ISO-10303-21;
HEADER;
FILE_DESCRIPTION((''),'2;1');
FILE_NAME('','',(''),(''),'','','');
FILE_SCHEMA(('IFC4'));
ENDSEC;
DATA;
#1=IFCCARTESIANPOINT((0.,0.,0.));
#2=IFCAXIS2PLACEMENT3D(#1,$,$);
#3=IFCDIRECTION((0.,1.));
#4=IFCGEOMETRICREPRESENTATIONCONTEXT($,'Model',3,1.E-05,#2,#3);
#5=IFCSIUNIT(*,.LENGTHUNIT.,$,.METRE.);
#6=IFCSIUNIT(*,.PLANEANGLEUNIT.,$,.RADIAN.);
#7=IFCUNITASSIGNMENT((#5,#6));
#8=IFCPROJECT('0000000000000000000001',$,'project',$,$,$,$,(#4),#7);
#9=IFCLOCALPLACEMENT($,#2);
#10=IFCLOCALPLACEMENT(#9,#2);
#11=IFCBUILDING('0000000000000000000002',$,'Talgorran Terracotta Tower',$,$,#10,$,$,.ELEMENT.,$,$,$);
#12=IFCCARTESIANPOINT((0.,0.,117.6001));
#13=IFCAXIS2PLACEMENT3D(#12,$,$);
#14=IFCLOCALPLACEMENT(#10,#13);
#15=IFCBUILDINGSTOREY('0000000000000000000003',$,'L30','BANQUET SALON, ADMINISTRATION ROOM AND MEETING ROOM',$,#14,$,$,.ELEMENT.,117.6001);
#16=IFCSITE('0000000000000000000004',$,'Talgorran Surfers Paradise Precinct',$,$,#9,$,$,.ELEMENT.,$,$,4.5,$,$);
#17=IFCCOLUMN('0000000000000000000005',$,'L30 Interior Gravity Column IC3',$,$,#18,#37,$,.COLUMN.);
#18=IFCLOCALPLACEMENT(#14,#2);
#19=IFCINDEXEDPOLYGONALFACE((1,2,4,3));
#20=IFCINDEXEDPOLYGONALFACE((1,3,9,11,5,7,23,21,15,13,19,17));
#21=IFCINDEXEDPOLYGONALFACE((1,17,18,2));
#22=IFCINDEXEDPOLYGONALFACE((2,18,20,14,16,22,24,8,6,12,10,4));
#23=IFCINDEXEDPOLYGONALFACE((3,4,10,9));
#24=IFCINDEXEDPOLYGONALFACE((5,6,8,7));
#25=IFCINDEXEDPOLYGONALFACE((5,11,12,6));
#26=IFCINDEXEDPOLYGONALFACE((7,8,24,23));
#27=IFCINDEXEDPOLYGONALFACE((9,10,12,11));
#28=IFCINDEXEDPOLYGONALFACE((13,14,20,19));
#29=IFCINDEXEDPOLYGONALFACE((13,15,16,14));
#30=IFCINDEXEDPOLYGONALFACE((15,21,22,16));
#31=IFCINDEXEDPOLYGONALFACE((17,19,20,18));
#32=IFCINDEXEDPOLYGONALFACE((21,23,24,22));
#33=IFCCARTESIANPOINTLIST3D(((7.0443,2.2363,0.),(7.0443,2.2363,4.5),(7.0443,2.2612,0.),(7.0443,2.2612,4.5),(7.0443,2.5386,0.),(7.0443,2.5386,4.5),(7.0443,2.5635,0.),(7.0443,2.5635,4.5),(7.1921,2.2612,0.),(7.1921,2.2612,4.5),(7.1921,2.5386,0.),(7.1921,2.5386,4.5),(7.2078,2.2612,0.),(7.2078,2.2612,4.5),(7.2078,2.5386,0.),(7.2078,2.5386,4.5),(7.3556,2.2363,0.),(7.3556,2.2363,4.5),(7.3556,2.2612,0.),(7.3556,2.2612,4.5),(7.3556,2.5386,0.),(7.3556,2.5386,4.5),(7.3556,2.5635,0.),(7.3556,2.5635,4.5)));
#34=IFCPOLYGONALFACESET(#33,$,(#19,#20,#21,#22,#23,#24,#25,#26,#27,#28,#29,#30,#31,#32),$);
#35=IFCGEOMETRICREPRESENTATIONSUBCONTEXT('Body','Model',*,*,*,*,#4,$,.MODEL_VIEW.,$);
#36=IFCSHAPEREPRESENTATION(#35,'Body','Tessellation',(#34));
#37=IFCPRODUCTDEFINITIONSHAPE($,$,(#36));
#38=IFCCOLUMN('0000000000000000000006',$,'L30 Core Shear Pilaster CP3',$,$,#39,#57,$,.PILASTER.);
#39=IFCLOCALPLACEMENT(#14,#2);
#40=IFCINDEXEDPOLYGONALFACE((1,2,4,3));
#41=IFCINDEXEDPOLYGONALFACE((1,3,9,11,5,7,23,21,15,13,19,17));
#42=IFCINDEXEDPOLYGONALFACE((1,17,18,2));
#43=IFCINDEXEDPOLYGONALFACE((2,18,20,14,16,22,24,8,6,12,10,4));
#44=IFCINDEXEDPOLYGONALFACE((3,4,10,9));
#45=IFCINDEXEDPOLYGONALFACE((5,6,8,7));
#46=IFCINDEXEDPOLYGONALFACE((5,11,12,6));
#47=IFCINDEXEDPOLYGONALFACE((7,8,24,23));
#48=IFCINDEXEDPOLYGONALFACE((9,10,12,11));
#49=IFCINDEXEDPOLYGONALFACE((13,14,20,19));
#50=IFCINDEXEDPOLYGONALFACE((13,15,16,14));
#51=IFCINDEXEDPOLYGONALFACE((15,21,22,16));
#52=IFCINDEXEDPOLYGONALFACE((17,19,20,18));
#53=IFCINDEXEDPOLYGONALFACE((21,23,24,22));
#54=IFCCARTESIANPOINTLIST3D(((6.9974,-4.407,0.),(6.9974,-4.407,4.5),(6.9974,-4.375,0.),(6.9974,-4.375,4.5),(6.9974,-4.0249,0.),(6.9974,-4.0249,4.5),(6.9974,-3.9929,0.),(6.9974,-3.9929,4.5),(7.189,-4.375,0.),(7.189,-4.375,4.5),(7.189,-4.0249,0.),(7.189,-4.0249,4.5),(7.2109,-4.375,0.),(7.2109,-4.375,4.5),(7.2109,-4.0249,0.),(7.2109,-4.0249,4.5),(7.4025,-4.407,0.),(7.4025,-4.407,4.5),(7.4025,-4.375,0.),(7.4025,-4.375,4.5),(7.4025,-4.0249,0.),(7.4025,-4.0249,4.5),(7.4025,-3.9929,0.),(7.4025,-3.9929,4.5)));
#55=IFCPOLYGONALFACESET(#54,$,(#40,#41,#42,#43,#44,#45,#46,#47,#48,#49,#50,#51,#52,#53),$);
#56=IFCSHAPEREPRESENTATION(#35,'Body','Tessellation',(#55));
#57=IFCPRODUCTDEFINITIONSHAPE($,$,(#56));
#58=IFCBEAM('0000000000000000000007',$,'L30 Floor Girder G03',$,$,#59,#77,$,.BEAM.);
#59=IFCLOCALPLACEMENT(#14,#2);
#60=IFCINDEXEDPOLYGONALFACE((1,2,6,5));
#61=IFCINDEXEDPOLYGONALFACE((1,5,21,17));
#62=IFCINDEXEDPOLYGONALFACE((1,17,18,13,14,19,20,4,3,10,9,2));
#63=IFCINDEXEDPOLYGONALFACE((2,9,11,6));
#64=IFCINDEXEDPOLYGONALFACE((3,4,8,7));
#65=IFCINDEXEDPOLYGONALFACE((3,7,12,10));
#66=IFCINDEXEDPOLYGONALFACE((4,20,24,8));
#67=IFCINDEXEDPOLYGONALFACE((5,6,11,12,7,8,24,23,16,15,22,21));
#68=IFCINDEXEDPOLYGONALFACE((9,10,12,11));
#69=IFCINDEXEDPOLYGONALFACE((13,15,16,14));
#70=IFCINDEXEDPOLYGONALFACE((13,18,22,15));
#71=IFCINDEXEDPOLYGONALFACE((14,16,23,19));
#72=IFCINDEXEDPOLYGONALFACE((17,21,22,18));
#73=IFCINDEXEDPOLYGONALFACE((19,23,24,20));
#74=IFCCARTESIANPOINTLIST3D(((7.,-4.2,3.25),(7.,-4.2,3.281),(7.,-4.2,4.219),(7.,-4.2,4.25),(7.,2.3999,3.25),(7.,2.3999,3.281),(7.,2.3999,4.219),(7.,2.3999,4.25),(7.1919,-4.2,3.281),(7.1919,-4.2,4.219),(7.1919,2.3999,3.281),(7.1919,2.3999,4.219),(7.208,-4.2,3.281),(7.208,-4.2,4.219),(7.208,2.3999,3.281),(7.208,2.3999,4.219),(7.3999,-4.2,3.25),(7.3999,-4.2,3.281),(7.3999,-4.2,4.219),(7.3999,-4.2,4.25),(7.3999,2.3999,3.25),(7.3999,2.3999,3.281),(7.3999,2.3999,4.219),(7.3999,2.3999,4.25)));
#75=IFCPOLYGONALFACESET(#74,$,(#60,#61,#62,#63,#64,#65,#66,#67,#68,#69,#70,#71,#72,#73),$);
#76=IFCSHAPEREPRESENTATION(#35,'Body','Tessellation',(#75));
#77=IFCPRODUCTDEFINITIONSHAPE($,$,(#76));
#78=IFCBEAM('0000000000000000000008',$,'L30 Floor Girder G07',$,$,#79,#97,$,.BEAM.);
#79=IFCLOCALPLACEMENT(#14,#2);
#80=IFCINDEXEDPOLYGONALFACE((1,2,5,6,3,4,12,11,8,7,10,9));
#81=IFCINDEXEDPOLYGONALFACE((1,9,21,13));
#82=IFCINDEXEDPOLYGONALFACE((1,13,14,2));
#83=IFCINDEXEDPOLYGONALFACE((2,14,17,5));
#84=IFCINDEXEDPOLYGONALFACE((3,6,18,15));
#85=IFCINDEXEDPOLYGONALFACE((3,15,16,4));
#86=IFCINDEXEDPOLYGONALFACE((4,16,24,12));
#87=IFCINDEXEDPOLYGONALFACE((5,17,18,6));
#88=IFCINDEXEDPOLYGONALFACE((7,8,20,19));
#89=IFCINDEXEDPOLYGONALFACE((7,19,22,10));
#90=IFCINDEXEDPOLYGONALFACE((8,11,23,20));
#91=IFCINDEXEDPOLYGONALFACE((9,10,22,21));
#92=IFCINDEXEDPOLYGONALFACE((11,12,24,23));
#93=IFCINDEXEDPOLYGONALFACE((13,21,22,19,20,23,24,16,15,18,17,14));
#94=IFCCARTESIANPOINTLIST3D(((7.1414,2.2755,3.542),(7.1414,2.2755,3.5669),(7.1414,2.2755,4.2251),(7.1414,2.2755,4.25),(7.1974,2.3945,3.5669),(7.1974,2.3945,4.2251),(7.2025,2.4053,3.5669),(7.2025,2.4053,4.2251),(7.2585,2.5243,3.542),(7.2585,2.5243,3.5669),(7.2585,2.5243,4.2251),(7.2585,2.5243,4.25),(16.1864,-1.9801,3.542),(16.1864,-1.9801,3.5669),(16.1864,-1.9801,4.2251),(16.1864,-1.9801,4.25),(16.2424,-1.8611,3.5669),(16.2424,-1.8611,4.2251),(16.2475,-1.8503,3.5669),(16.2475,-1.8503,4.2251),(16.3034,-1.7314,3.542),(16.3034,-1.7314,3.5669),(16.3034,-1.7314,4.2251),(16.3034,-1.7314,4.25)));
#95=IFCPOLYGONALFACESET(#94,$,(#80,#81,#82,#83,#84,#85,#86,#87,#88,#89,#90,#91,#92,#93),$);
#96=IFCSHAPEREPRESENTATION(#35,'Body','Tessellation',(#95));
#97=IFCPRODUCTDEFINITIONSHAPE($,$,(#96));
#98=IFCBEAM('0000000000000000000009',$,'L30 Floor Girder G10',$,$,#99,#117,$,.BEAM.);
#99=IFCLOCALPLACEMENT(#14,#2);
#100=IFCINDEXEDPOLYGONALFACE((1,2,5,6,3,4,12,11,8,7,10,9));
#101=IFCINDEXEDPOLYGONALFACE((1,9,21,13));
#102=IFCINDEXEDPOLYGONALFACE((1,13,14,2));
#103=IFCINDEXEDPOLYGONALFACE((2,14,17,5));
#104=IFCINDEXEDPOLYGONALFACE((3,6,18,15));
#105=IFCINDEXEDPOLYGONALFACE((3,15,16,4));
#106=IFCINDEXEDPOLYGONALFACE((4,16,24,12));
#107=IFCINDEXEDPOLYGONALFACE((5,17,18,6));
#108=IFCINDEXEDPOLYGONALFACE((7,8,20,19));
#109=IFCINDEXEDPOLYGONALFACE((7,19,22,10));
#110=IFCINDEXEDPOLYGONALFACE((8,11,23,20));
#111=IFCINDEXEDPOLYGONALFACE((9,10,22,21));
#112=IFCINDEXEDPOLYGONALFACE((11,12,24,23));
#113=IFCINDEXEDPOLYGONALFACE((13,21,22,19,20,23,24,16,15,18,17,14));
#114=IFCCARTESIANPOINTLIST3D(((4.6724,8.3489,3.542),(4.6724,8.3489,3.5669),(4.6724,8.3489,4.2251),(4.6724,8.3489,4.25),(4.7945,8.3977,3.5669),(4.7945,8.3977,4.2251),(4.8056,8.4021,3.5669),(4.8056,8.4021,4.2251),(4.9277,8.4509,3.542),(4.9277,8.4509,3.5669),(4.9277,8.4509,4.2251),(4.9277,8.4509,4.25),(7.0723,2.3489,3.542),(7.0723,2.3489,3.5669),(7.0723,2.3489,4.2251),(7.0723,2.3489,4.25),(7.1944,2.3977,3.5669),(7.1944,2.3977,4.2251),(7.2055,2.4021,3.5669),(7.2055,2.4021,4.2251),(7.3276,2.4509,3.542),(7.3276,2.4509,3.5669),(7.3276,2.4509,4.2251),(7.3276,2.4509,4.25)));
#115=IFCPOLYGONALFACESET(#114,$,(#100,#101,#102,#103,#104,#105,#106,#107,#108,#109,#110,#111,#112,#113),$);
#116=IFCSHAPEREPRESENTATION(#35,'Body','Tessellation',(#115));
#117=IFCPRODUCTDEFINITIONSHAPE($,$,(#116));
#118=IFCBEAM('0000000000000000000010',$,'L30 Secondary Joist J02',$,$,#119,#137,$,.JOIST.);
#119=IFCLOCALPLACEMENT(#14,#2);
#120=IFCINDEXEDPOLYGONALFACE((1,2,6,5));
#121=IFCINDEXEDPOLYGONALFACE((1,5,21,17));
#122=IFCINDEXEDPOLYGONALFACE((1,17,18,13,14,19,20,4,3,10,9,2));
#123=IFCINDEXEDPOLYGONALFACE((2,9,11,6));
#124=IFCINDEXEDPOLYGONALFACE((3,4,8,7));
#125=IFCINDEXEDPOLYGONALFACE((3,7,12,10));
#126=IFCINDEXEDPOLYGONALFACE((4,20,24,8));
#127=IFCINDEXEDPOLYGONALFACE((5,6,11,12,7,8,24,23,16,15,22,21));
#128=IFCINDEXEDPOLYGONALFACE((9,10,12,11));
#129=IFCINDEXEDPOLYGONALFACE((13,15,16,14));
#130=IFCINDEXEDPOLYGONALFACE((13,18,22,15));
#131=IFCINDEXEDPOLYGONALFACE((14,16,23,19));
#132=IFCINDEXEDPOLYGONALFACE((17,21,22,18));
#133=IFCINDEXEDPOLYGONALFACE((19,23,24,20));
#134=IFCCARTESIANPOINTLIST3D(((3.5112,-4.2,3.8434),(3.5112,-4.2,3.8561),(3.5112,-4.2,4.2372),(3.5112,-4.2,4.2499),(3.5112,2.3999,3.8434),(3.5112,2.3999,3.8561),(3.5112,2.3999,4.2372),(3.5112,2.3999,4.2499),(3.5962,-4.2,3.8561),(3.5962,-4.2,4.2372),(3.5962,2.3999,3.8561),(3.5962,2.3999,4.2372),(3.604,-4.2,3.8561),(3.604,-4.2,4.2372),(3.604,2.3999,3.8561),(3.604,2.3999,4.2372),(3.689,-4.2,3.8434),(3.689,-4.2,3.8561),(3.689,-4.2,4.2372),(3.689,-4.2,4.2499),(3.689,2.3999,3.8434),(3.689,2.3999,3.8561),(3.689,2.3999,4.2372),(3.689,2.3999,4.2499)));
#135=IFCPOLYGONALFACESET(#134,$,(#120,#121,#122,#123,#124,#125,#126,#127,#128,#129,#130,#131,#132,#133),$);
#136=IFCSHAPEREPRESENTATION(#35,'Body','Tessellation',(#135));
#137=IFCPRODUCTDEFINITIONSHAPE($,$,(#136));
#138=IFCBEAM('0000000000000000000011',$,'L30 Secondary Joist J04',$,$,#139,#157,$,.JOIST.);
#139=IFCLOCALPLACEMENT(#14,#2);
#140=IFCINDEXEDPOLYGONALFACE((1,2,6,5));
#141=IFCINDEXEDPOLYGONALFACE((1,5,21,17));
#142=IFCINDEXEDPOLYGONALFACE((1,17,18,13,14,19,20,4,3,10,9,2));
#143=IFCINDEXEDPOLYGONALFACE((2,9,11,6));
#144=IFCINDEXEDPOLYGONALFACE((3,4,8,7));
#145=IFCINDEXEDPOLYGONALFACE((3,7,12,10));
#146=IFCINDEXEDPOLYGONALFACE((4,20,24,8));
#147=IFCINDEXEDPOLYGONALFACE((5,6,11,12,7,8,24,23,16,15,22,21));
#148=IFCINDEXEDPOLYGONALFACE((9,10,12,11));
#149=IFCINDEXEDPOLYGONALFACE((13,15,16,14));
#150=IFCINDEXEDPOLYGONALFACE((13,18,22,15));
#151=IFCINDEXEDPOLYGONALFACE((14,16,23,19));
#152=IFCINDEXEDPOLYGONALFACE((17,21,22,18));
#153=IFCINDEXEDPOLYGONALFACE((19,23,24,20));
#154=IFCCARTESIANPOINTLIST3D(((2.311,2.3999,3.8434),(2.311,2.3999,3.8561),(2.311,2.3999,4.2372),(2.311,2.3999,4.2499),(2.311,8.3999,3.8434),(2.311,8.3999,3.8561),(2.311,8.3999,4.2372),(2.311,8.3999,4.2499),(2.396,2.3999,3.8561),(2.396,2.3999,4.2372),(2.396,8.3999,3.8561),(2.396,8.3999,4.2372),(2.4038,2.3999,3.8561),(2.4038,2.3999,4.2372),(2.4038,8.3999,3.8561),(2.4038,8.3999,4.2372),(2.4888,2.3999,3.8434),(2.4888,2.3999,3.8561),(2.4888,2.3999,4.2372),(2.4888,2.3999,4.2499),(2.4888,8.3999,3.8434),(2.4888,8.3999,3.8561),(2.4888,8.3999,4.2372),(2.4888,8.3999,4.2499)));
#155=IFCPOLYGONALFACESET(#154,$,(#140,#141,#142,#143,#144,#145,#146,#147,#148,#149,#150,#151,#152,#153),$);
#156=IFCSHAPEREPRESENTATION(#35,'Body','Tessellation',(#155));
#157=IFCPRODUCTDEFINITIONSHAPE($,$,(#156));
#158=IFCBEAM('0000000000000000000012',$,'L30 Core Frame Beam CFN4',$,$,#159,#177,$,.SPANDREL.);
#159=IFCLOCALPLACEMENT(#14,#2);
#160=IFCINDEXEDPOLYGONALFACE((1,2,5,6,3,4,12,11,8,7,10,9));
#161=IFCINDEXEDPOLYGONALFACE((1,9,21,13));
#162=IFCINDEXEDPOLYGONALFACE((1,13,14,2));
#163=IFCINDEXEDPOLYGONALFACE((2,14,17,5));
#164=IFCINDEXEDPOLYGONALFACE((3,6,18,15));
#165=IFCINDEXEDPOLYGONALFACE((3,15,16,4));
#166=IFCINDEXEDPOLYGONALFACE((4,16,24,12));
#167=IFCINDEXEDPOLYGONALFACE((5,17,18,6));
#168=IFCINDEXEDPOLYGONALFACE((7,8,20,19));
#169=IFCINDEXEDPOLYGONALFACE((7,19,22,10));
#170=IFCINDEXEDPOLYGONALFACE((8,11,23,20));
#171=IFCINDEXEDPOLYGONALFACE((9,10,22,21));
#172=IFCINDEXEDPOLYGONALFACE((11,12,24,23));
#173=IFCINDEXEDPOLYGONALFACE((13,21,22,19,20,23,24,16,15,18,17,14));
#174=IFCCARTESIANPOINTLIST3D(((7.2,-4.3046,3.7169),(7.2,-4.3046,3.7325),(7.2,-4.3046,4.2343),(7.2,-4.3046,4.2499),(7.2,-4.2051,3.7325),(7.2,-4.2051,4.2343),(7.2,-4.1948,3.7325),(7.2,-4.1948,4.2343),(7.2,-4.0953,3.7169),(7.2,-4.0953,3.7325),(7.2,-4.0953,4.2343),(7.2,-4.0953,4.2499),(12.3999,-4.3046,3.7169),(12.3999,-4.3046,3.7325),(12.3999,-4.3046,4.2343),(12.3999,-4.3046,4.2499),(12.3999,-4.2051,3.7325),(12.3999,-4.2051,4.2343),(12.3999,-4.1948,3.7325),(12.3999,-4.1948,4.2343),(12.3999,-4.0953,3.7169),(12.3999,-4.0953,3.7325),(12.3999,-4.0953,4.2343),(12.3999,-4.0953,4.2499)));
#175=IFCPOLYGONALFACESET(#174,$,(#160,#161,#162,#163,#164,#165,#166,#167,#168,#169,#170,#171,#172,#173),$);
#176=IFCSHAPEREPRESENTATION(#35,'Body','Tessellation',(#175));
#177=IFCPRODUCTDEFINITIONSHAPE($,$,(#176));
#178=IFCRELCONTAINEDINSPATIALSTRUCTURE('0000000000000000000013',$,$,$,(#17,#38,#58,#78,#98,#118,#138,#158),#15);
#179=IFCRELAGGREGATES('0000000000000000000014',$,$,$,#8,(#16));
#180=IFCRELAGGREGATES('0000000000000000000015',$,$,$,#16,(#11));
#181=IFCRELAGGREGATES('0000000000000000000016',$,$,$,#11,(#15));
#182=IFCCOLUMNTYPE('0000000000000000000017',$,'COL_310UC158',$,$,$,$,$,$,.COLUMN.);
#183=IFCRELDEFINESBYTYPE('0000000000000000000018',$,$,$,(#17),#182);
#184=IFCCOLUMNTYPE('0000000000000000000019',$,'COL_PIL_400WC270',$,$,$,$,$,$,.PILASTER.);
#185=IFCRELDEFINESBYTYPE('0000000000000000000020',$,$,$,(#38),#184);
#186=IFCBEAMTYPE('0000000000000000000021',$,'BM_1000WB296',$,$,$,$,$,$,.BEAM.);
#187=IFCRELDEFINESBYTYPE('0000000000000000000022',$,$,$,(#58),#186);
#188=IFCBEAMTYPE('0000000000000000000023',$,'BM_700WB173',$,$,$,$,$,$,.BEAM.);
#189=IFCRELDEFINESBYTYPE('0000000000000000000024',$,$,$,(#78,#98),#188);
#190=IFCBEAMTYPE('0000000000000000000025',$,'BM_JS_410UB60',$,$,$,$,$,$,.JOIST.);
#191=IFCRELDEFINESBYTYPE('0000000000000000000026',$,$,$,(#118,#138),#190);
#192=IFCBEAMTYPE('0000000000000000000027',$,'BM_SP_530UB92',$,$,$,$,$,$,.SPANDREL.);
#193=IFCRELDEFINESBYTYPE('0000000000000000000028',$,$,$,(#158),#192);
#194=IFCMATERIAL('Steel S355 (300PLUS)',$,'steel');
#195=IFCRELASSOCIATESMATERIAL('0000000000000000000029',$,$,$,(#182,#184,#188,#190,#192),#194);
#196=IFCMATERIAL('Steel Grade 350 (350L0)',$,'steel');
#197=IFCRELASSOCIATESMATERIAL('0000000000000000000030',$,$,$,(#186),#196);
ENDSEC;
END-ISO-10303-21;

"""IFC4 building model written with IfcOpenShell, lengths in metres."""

from ifc_helpers import new_model, si_unit, direction, frame, origin, origin_2d, place, context, subcontext, project, spatial, i_section, extrude, material, material_profile, profile_set, type_object, element, save


model = new_model("IFC4")

# Units and contexts
model_context = context("Model", 3, precision=1e-05, world=origin(), true_north=direction((0.0, 1.0)))
body_context = subcontext(model_context, "Body", "Model", "MODEL_VIEW")
ifc_project = project(units=[si_unit("LENGTHUNIT", "METRE"), si_unit("PLANEANGLEUNIT", "RADIAN")], contexts=[model_context])

# Site, building, storey
site_placement = place(None, origin())
site = spatial("IfcSite", under=ifc_project, at=site_placement, Name="Talgorran Surfers Paradise Precinct", CompositionType="ELEMENT", RefElevation=4.5)
building_placement = place(site_placement, origin())
building = spatial("IfcBuilding", under=site, at=building_placement, Name="Talgorran Terracotta Tower", CompositionType="ELEMENT")
storey_placement = place(building_placement, frame((0.0, 0.0, 117.6001)))
storey = spatial("IfcBuildingStorey", under=building, at=storey_placement, Name="L30", Description="BANQUET SALON, ADMINISTRATION ROOM AND MEETING ROOM", CompositionType="ELEMENT", Elevation=117.6001)

# Columns
ifc_material_1 = material(Name="Steel S355 (300PLUS)", Category="steel")
ifc_material_profile_1 = material_profile(ifc_material_1, i_section(OverallWidth=0.3113, OverallDepth=0.3271, WebThickness=0.0156, FlangeThickness=0.0249, at=origin_2d()), Name="310UC158")
ifc_profile_set_1 = profile_set([ifc_material_profile_1], Name="Steel S355 (300PLUS)")
column_type_1 = type_object("IfcColumnType", Name="COL_310UC158", PredefinedType="COLUMN", material=ifc_profile_set_1)
column_1_placement = place(storey_placement, frame((7.2, 2.3999, 0.0), z_axis=(0.0, 0.0, 1.0), x_axis=(1.0, 0.0, 0.0)))
element("IfcColumn", 1, at=column_1_placement, inside=storey, type_object=column_type_1, Name="L30 Interior Gravity Column IC3", PredefinedType="COLUMN", context=body_context, shape_type="SweptSolid", body=[
    extrude(i_section(OverallWidth=0.3113, OverallDepth=0.3271, WebThickness=0.0156, FlangeThickness=0.0249, at=origin_2d()), origin(), (0.0, 0.0, 1.0), 4.5),
])
ifc_material_profile_2 = material_profile(ifc_material_1, i_section(OverallWidth=0.405, OverallDepth=0.4141, WebThickness=0.022, FlangeThickness=0.032, at=origin_2d()), Name="400WC270")
ifc_profile_set_2 = profile_set([ifc_material_profile_2], Name="Steel S355 (300PLUS)")
column_type_2 = type_object("IfcColumnType", Name="COL_PIL_400WC270", PredefinedType="PILASTER", material=ifc_profile_set_2)
column_2_placement = place(storey_placement, frame((7.2, -4.2, 0.0), z_axis=(0.0, 0.0, 1.0), x_axis=(1.0, 0.0, 0.0)))
element("IfcColumn", 2, at=column_2_placement, inside=storey, type_object=column_type_2, Name="L30 Core Shear Pilaster CP3", PredefinedType="PILASTER", context=body_context, shape_type="SweptSolid", body=[
    extrude(i_section(OverallWidth=0.405, OverallDepth=0.4141, WebThickness=0.022, FlangeThickness=0.032, at=origin_2d()), origin(), (0.0, 0.0, 1.0), 4.5),
])

# Beams
ifc_material_2 = material(Name="Steel Grade 350 (350L0)", Category="steel")
ifc_material_profile_3 = material_profile(ifc_material_2, i_section(OverallWidth=0.3999, OverallDepth=1.0, WebThickness=0.0161, FlangeThickness=0.031, at=origin_2d()), Name="1000WB296")
ifc_profile_set_3 = profile_set([ifc_material_profile_3], Name="Steel Grade 350 (350L0)")
beam_type_1 = type_object("IfcBeamType", Name="BM_1000WB296", PredefinedType="BEAM", material=ifc_profile_set_3)
beam_1_placement = place(storey_placement, frame((7.2, -4.2, 3.75), z_axis=(0.0, 1.0, 0.0), x_axis=(-1.0, 0.0, 0.0)))
element("IfcBeam", 3, at=beam_1_placement, inside=storey, type_object=beam_type_1, Name="L30 Floor Girder G03", PredefinedType="BEAM", context=body_context, shape_type="SweptSolid", body=[
    extrude(i_section(OverallWidth=0.3999, OverallDepth=1.0, WebThickness=0.0161, FlangeThickness=0.031, at=origin_2d()), origin(), (0.0, 0.0, 1.0), 6.5999),
])
ifc_material_profile_4 = material_profile(ifc_material_1, i_section(OverallWidth=0.2749, OverallDepth=0.708, WebThickness=0.012, FlangeThickness=0.0249, at=origin_2d()), Name="700WB173")
ifc_profile_set_4 = profile_set([ifc_material_profile_4], Name="Steel S355 (300PLUS)")
beam_type_2 = type_object("IfcBeamType", Name="BM_700WB173", PredefinedType="BEAM", material=ifc_profile_set_4)
beam_2_placement = place(storey_placement, frame((7.2, 2.3999, 3.896), z_axis=(0.90485, -0.42573, 0.0), x_axis=(0.42573, 0.90485, 0.0)))
element("IfcBeam", 4, at=beam_2_placement, inside=storey, type_object=beam_type_2, Name="L30 Floor Girder G07", PredefinedType="BEAM", context=body_context, shape_type="SweptSolid", body=[
    extrude(i_section(OverallWidth=0.2749, OverallDepth=0.708, WebThickness=0.012, FlangeThickness=0.0249, at=origin_2d()), origin(), (0.0, 0.0, 1.0), 9.9961),
])
beam_3_placement = place(storey_placement, frame((7.2, 2.3999, 3.896), z_axis=(-0.371378, 0.928482, 0.0), x_axis=(-0.928482, -0.371378, 0.0)))
element("IfcBeam", 5, at=beam_3_placement, inside=storey, type_object=beam_type_2, Name="L30 Floor Girder G10", PredefinedType="BEAM", context=body_context, shape_type="SweptSolid", body=[
    extrude(i_section(OverallWidth=0.2749, OverallDepth=0.708, WebThickness=0.012, FlangeThickness=0.0249, at=origin_2d()), origin(), (0.0, 0.0, 1.0), 6.4622),
])
ifc_material_profile_5 = material_profile(ifc_material_1, i_section(OverallWidth=0.1777, OverallDepth=0.4065, WebThickness=0.0078, FlangeThickness=0.0127, at=origin_2d()), Name="410UB59.7")
ifc_profile_set_5 = profile_set([ifc_material_profile_5], Name="Steel S355 (300PLUS)")
beam_type_3 = type_object("IfcBeamType", Name="BM_JS_410UB60", PredefinedType="JOIST", material=ifc_profile_set_5)
beam_4_placement = place(storey_placement, frame((3.6001, -4.2, 4.0466), z_axis=(0.0, 1.0, 0.0), x_axis=(-1.0, 0.0, 0.0)))
element("IfcBeam", 6, at=beam_4_placement, inside=storey, type_object=beam_type_3, Name="L30 Secondary Joist J02", PredefinedType="JOIST", context=body_context, shape_type="SweptSolid", body=[
    extrude(i_section(OverallWidth=0.1777, OverallDepth=0.4065, WebThickness=0.0078, FlangeThickness=0.0127, at=origin_2d()), origin(), (0.0, 0.0, 1.0), 6.5999),
])
beam_5_placement = place(storey_placement, frame((2.3999, 2.3999, 4.0466), z_axis=(0.0, 1.0, 0.0), x_axis=(-1.0, 0.0, 0.0)))
element("IfcBeam", 7, at=beam_5_placement, inside=storey, type_object=beam_type_3, Name="L30 Secondary Joist J04", PredefinedType="JOIST", context=body_context, shape_type="SweptSolid", body=[
    extrude(i_section(OverallWidth=0.1777, OverallDepth=0.4065, WebThickness=0.0078, FlangeThickness=0.0127, at=origin_2d()), origin(), (0.0, 0.0, 1.0), 6.0),
])
ifc_material_profile_6 = material_profile(ifc_material_1, i_section(OverallWidth=0.2092, OverallDepth=0.533, WebThickness=0.0103, FlangeThickness=0.0156, at=origin_2d()), Name="530UB92.4")
ifc_profile_set_6 = profile_set([ifc_material_profile_6], Name="Steel S355 (300PLUS)")
beam_type_4 = type_object("IfcBeamType", Name="BM_SP_530UB92", PredefinedType="SPANDREL", material=ifc_profile_set_6)
beam_6_placement = place(storey_placement, frame((7.2, -4.2, 3.9834), z_axis=(1.0, 0.0, 0.0), x_axis=(0.0, 1.0, 0.0)))
element("IfcBeam", 8, at=beam_6_placement, inside=storey, type_object=beam_type_4, Name="L30 Core Frame Beam CFN4", PredefinedType="SPANDREL", context=body_context, shape_type="SweptSolid", body=[
    extrude(i_section(OverallWidth=0.2092, OverallDepth=0.533, WebThickness=0.0103, FlangeThickness=0.0156, at=origin_2d()), origin(), (0.0, 0.0, 1.0), 5.2),
])

save(model, "model.ifc")
